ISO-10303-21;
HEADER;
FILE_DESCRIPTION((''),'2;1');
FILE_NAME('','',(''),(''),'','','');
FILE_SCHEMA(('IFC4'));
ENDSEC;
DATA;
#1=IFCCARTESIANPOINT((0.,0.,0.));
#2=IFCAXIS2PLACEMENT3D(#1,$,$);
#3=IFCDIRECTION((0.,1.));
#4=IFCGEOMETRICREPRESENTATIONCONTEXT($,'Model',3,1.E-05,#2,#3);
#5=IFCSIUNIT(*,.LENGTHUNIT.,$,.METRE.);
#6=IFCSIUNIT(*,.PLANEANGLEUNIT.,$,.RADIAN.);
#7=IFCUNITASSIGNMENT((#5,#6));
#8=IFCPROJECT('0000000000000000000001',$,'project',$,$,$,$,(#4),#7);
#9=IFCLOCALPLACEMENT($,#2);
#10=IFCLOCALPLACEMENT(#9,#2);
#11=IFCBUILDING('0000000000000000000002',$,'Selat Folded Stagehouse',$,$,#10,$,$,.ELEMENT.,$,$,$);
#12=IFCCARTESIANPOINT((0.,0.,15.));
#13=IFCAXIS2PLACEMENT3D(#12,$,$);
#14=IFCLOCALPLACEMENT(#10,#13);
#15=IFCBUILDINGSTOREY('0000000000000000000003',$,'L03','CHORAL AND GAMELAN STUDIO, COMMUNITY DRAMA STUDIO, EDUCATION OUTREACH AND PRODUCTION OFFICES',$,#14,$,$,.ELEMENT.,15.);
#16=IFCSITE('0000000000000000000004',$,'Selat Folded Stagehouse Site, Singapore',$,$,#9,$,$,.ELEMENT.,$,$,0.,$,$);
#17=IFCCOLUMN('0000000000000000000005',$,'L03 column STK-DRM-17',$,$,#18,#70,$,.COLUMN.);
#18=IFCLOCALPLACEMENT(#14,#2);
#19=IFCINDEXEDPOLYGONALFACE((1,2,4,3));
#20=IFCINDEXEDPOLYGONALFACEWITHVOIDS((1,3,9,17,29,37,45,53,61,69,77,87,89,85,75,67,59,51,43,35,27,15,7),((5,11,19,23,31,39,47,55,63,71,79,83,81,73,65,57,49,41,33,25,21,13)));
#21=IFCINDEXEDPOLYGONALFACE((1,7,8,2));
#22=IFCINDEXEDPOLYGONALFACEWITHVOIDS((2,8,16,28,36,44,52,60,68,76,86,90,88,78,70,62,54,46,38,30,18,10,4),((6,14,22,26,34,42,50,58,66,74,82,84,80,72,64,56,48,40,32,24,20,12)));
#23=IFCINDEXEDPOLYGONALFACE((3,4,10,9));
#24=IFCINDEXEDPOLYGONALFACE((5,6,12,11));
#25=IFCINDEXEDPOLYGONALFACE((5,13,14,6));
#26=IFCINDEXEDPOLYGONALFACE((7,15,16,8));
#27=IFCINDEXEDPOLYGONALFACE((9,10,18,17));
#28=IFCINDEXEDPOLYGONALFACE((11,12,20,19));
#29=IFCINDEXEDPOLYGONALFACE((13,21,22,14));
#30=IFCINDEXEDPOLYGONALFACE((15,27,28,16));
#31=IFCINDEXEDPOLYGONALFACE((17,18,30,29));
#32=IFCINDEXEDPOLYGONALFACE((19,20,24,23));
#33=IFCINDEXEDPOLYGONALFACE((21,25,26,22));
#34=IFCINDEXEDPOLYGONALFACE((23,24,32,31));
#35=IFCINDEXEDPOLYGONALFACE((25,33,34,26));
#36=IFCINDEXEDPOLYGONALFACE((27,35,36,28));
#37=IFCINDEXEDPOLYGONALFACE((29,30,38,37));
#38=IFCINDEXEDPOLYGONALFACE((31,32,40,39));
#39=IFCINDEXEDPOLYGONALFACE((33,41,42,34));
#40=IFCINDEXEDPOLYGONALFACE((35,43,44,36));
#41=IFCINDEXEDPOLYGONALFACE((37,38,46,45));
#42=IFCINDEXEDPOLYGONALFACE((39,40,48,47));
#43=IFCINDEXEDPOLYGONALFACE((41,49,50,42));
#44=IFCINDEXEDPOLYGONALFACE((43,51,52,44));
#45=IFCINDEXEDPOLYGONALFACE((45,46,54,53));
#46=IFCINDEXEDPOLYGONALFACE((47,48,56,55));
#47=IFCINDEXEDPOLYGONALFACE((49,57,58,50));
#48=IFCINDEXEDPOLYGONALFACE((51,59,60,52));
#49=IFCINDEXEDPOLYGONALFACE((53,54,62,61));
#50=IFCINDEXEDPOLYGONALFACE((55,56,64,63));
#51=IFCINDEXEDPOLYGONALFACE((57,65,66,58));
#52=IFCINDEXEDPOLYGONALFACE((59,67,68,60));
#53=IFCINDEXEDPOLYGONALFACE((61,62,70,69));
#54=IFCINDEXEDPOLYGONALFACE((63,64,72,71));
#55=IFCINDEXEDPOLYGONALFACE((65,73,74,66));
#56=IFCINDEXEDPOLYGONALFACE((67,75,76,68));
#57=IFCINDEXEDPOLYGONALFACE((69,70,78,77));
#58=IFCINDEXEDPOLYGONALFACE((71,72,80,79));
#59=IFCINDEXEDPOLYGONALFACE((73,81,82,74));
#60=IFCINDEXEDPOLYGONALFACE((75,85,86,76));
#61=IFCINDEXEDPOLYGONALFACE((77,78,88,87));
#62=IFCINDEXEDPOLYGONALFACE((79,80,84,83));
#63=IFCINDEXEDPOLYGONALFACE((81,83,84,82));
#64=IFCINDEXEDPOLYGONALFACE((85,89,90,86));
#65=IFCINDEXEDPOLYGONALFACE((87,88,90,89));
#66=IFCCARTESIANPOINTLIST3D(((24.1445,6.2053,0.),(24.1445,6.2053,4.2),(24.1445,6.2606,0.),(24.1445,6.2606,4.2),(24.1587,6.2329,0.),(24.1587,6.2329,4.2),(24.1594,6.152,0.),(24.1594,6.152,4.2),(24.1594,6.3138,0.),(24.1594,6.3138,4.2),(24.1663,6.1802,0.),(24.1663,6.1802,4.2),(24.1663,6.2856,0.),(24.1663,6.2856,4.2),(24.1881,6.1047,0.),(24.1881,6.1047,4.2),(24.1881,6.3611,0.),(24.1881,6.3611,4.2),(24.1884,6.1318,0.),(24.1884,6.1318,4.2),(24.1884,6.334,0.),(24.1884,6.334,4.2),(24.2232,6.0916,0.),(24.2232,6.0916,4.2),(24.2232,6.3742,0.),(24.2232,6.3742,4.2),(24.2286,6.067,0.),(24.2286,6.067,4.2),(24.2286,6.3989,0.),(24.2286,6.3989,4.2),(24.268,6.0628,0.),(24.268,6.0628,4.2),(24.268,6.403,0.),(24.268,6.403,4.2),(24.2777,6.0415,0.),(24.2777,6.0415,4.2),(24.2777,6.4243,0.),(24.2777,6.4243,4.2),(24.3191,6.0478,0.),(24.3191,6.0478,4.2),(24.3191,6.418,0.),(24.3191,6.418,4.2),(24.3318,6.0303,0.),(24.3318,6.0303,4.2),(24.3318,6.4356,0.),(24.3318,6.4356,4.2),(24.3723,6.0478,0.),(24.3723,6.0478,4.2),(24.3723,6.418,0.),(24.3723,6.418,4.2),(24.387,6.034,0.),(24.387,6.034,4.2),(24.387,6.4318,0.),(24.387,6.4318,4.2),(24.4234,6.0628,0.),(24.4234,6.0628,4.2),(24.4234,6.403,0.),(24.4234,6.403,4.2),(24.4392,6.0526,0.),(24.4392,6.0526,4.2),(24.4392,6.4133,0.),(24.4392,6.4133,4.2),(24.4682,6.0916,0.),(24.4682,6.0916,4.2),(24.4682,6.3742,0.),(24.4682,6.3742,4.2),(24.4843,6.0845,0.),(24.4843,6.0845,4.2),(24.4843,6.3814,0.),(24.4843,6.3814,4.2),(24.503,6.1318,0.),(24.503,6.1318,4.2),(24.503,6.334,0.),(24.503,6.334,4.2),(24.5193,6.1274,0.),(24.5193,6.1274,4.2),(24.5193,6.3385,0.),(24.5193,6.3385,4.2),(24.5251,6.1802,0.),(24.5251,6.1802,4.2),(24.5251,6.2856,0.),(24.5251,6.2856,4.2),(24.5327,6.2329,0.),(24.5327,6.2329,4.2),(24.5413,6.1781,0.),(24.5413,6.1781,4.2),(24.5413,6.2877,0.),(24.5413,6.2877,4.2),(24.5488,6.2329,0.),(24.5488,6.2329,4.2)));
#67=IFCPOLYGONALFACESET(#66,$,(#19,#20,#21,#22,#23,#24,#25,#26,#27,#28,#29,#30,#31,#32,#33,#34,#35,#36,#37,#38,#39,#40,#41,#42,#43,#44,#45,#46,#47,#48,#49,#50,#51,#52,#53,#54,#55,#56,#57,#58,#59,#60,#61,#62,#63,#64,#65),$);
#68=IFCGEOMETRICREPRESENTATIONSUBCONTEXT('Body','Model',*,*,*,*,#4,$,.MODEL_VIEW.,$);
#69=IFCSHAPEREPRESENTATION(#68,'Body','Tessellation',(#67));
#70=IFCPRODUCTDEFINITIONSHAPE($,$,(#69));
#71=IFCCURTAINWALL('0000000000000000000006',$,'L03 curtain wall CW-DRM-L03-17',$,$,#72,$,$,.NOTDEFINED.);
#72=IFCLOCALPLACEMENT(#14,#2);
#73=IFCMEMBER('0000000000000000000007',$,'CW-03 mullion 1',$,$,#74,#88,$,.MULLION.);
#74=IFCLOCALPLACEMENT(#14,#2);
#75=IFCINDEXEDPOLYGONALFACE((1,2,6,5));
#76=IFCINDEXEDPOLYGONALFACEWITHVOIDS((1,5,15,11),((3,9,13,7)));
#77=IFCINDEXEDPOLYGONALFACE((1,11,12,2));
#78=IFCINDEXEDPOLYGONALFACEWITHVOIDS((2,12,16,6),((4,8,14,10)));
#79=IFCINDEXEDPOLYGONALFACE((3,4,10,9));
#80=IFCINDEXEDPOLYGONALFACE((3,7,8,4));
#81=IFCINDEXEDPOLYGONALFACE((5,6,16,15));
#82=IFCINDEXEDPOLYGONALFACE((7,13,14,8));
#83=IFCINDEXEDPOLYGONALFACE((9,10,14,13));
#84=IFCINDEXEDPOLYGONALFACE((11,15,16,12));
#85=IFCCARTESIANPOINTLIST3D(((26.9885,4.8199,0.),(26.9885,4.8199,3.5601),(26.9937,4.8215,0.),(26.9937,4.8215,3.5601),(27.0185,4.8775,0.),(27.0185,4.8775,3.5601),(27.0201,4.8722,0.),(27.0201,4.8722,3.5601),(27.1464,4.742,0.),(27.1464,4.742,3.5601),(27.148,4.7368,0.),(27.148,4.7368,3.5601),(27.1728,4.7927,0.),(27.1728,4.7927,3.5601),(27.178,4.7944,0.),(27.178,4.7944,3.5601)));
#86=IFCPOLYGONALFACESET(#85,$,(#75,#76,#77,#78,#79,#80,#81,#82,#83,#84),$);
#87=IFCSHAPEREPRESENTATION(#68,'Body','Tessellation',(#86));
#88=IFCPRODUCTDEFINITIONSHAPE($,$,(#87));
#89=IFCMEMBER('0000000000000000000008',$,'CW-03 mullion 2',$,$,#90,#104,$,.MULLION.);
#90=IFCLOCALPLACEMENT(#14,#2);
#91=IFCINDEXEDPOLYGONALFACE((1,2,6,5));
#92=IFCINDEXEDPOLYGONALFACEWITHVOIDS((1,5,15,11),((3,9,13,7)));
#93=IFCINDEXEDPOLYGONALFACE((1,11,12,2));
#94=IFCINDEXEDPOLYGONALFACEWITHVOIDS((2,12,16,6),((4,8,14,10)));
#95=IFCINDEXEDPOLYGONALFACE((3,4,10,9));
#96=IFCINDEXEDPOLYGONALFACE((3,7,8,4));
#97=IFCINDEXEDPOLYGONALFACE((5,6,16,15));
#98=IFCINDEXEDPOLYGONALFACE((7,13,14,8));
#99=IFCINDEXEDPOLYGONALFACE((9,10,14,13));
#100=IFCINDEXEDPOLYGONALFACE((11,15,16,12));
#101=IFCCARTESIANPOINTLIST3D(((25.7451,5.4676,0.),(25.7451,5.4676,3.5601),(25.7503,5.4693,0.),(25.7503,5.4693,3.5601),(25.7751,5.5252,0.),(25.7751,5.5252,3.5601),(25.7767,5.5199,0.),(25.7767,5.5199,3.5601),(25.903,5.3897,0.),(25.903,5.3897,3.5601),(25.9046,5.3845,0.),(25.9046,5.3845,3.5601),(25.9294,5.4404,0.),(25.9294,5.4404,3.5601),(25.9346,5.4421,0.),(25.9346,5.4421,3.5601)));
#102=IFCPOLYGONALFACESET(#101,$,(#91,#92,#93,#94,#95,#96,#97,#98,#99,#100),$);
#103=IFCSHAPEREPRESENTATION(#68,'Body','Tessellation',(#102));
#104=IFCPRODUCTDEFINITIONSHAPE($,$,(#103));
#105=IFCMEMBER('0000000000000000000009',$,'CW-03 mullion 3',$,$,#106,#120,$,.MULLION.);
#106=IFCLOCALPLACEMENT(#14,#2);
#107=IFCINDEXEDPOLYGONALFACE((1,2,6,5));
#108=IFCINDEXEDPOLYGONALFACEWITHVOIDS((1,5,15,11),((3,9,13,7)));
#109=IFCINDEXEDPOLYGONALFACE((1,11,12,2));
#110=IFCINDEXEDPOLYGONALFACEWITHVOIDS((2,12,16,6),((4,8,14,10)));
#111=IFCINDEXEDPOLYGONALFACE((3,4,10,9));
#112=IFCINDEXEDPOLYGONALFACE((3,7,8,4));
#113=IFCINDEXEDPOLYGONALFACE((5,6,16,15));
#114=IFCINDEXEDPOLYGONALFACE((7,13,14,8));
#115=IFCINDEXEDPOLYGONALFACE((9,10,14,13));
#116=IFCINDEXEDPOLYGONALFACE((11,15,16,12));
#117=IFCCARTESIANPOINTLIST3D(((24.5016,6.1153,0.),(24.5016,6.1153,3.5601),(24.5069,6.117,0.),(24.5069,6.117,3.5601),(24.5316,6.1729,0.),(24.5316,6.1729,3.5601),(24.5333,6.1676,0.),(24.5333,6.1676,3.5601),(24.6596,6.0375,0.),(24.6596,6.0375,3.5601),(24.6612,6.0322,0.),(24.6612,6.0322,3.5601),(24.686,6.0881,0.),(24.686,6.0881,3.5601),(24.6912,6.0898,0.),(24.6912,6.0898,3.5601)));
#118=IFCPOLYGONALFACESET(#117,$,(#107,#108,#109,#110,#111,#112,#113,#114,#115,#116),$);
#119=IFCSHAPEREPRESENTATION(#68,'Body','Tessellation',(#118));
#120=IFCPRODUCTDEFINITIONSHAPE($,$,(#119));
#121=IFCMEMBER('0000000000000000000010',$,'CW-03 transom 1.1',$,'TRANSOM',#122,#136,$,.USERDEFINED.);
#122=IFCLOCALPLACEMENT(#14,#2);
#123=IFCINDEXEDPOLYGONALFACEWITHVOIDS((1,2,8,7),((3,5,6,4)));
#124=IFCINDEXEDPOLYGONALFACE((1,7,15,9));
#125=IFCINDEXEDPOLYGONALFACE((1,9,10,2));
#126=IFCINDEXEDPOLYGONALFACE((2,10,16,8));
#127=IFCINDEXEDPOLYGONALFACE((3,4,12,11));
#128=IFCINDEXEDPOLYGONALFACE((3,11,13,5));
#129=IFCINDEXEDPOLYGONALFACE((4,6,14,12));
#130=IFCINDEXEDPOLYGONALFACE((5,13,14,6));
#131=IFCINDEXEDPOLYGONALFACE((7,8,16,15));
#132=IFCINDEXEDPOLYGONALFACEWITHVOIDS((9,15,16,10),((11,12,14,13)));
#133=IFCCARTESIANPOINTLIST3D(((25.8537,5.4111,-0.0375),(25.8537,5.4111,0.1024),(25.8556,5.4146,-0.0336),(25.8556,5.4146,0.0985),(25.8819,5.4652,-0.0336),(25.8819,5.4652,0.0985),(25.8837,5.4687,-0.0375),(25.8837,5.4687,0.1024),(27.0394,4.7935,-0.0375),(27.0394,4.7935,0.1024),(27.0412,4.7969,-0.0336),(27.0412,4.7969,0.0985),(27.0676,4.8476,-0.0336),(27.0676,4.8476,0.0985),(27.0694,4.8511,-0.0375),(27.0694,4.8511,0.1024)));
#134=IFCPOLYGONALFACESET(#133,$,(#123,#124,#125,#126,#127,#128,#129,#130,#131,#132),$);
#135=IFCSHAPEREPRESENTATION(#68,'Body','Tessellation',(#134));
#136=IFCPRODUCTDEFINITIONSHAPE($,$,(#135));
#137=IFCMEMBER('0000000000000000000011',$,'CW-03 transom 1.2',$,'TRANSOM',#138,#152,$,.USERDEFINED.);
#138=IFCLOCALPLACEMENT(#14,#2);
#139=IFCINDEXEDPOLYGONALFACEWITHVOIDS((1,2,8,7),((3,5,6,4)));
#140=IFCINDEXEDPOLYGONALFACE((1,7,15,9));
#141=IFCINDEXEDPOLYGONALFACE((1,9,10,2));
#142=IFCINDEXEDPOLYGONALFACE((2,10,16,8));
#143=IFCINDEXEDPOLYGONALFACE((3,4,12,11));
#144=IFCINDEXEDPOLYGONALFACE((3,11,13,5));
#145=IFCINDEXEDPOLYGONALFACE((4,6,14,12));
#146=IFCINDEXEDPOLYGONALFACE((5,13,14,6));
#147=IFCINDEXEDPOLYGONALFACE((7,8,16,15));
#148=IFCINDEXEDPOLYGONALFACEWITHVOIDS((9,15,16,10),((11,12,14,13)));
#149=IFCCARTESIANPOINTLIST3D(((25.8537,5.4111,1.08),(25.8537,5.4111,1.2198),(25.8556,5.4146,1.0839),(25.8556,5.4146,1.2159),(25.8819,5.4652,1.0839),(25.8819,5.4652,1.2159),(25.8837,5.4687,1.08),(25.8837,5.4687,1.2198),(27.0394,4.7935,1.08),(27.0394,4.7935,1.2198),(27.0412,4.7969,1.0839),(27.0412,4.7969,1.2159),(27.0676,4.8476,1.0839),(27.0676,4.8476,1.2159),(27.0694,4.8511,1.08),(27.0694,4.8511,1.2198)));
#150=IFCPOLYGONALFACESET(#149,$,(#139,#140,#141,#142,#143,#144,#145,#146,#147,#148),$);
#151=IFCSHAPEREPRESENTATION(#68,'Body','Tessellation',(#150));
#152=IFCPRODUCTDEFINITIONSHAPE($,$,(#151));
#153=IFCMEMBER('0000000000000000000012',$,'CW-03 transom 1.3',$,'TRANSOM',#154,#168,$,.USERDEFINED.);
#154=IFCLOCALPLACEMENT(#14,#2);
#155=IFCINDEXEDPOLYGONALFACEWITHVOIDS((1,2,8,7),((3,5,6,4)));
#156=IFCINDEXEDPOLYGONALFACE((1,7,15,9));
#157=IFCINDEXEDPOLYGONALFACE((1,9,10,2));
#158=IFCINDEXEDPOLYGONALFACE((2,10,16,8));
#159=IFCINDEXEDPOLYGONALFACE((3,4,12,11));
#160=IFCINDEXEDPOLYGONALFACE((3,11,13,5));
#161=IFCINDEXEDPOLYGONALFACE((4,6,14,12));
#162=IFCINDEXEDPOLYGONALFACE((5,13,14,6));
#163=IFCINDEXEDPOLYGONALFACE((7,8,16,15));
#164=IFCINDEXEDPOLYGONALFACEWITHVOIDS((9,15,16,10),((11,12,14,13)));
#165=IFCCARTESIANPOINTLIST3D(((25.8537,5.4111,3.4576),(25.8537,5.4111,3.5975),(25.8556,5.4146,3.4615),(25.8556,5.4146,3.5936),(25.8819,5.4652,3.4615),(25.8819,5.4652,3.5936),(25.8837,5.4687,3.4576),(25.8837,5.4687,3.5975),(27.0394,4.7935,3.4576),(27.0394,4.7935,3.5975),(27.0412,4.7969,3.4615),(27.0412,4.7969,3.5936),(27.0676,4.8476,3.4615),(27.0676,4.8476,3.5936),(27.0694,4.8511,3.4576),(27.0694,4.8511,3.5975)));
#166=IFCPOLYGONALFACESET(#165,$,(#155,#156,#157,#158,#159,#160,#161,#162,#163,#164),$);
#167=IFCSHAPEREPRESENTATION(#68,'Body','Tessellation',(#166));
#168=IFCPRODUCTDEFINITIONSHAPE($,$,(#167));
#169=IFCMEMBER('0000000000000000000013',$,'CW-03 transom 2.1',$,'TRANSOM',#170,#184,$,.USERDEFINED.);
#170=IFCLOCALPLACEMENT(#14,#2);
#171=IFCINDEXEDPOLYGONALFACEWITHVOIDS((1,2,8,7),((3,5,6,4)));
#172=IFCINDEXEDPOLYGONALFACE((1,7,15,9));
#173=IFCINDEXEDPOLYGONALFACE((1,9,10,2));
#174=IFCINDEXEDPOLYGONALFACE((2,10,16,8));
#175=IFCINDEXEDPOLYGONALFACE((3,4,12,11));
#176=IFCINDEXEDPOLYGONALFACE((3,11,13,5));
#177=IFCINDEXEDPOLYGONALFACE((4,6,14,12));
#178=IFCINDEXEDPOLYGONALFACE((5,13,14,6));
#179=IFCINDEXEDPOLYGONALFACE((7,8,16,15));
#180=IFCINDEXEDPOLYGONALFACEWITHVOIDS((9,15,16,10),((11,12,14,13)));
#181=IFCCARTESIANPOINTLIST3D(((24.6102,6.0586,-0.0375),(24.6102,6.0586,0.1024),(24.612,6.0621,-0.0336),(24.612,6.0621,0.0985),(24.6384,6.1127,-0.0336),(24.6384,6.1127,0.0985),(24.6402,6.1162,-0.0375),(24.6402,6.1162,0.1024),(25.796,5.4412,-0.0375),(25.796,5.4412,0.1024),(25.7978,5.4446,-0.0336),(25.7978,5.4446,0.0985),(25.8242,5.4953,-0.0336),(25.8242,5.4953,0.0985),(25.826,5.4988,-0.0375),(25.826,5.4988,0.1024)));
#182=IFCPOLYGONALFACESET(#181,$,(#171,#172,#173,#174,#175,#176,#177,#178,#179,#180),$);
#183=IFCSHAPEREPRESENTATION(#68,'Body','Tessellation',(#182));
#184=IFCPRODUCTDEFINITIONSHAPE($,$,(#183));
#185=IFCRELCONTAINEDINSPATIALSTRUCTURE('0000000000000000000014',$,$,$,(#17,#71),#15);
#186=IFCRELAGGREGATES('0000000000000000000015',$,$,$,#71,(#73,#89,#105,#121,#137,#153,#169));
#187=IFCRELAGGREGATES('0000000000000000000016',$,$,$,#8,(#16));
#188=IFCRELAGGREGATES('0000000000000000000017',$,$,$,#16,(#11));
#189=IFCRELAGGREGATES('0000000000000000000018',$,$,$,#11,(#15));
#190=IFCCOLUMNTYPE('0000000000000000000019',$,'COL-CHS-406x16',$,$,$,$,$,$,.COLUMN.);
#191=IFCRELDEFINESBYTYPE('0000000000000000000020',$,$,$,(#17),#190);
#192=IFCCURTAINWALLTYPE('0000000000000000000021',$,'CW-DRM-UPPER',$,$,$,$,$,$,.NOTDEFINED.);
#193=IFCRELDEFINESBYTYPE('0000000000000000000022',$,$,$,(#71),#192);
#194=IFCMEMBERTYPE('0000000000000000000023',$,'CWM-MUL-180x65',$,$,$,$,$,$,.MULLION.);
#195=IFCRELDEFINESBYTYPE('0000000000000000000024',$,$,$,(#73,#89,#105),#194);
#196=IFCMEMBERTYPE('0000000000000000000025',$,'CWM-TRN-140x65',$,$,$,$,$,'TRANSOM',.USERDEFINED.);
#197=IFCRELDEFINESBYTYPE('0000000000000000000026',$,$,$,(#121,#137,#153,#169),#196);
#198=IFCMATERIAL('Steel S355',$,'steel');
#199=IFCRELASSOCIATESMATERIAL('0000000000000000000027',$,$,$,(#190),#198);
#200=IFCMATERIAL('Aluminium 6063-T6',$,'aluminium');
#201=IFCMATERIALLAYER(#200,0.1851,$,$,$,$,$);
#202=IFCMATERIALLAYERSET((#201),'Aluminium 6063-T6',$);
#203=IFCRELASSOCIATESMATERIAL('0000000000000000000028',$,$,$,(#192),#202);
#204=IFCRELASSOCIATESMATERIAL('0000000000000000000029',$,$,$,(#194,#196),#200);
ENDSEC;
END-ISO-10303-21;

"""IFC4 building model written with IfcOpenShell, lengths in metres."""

from ifc_helpers import new_model, si_unit, direction, frame, origin, origin_2d, place, context, subcontext, project, spatial, hollow_rectangle, hollow_circle, extrude, material, layer, layer_set, material_profile, profile_set, type_object, element, aggregate, save


model = new_model("IFC4")

# Units and contexts
model_context = context("Model", 3, precision=1e-05, world=origin(), true_north=direction((0.0, 1.0)))
body_context = subcontext(model_context, "Body", "Model", "MODEL_VIEW")
ifc_project = project(units=[si_unit("LENGTHUNIT", "METRE"), si_unit("PLANEANGLEUNIT", "RADIAN")], contexts=[model_context])

# Site, building, storey
site_placement = place(None, origin())
site = spatial("IfcSite", under=ifc_project, at=site_placement, Name="Selat Folded Stagehouse Site, Singapore", CompositionType="ELEMENT", RefElevation=0.0)
building_placement = place(site_placement, origin())
building = spatial("IfcBuilding", under=site, at=building_placement, Name="Selat Folded Stagehouse", CompositionType="ELEMENT")
storey_placement = place(building_placement, frame((0.0, 0.0, 15.0)))
storey = spatial("IfcBuildingStorey", under=building, at=storey_placement, Name="L03", Description="CHORAL AND GAMELAN STUDIO, COMMUNITY DRAMA STUDIO, EDUCATION OUTREACH AND PRODUCTION OFFICES", CompositionType="ELEMENT", Elevation=15.0)

# Column
ifc_material_1 = material(Name="Steel S355", Category="steel")
ifc_material_profile_1 = material_profile(ifc_material_1, hollow_circle(Radius=0.2031, WallThickness=0.0161, at=origin_2d()), Name="CHS 406.4x16.0")
ifc_profile_set_1 = profile_set([ifc_material_profile_1], Name="Steel S355")
column_type = type_object("IfcColumnType", Name="COL-CHS-406x16", PredefinedType="COLUMN", material=ifc_profile_set_1)
column_placement = place(storey_placement, frame((24.3457, 6.2329, 0.0), z_axis=(0.0, 0.0, 1.0), x_axis=(1.0, 0.0, 0.0)))
element("IfcColumn", 1, at=column_placement, inside=storey, type_object=column_type, Name="L03 column STK-DRM-17", PredefinedType="COLUMN", context=body_context, shape_type="SweptSolid", body=[
    extrude(hollow_circle(Radius=0.2031, WallThickness=0.0161, at=origin_2d()), origin(), (0.0, 0.0, 1.0), 4.2),
])

# Curtain wall, members
ifc_material_2 = material(Name="Aluminium 6063-T6", Category="aluminium")
ifc_layer_1 = layer(ifc_material_2, 0.1851)
ifc_layer_set_1 = layer_set([ifc_layer_1], Name="Aluminium 6063-T6")
curtain_wall_type = type_object("IfcCurtainWallType", Name="CW-DRM-UPPER", PredefinedType="NOTDEFINED", material=ifc_layer_set_1)
curtain_wall_placement = place(storey_placement, origin())
curtain_wall = element("IfcCurtainWall", 2, at=curtain_wall_placement, inside=storey, type_object=curtain_wall_type, Name="L03 curtain wall CW-DRM-L03-17", PredefinedType="NOTDEFINED")
ifc_material_profile_2 = material_profile(ifc_material_2, hollow_rectangle(XDim=0.0649, YDim=0.1799, WallThickness=0.0039, at=origin_2d()), Name="ALU 180x65x4.0")
ifc_profile_set_2 = profile_set([ifc_material_profile_2], Name="Aluminium 6063-T6")
member_type_1 = type_object("IfcMemberType", Name="CWM-MUL-180x65", PredefinedType="MULLION", material=ifc_profile_set_2)
member_1_placement = place(storey_placement, frame((27.0833, 4.8071, 0.0), z_axis=(0.0, 0.0, 1.0), x_axis=(-0.461931, -0.886916, 0.0)))
member_1 = element("IfcMember", 3, at=member_1_placement, type_object=member_type_1, Name="CW-03 mullion 1", PredefinedType="MULLION", context=body_context, shape_type="SweptSolid", body=[
    extrude(hollow_rectangle(XDim=0.0649, YDim=0.1799, WallThickness=0.0039, at=origin_2d()), origin(), (0.0, 0.0, 1.0), 3.5601),
])
member_2_placement = place(storey_placement, frame((25.8398, 5.4548, 0.0), z_axis=(0.0, 0.0, 1.0), x_axis=(-0.461931, -0.886916, 0.0)))
member_2 = element("IfcMember", 4, at=member_2_placement, type_object=member_type_1, Name="CW-03 mullion 2", PredefinedType="MULLION", context=body_context, shape_type="SweptSolid", body=[
    extrude(hollow_rectangle(XDim=0.0649, YDim=0.1799, WallThickness=0.0039, at=origin_2d()), origin(), (0.0, 0.0, 1.0), 3.5601),
])
member_3_placement = place(storey_placement, frame((24.5964, 6.1025, 0.0), z_axis=(0.0, 0.0, 1.0), x_axis=(-0.461931, -0.886916, 0.0)))
member_3 = element("IfcMember", 5, at=member_3_placement, type_object=member_type_1, Name="CW-03 mullion 3", PredefinedType="MULLION", context=body_context, shape_type="SweptSolid", body=[
    extrude(hollow_rectangle(XDim=0.0649, YDim=0.1799, WallThickness=0.0039, at=origin_2d()), origin(), (0.0, 0.0, 1.0), 3.5601),
])
ifc_material_profile_3 = material_profile(ifc_material_2, hollow_rectangle(XDim=0.0649, YDim=0.1399, WallThickness=0.0039, at=origin_2d()), Name="ALU 140x65x4.0")
ifc_profile_set_3 = profile_set([ifc_material_profile_3], Name="Aluminium 6063-T6")
member_type_2 = type_object("IfcMemberType", Name="CWM-TRN-140x65", ElementType="TRANSOM", PredefinedType="USERDEFINED", material=ifc_profile_set_3)
member_4_placement = place(storey_placement, frame((27.0544, 4.8223, 0.0325), z_axis=(-0.886891, 0.461979, 0.0), x_axis=(-0.461979, -0.886891, 0.0)))
member_4 = element("IfcMember", 6, at=member_4_placement, type_object=member_type_2, Name="CW-03 transom 1.1", ObjectType="TRANSOM", PredefinedType="USERDEFINED", context=body_context, shape_type="SweptSolid", body=[
    extrude(hollow_rectangle(XDim=0.0649, YDim=0.1399, WallThickness=0.0039, at=origin_2d()), origin(), (0.0, 0.0, 1.0), 1.3369),
])
member_5_placement = place(storey_placement, frame((27.0544, 4.8223, 1.1499), z_axis=(-0.886891, 0.461979, 0.0), x_axis=(-0.461979, -0.886891, 0.0)))
member_5 = element("IfcMember", 7, at=member_5_placement, type_object=member_type_2, Name="CW-03 transom 1.2", ObjectType="TRANSOM", PredefinedType="USERDEFINED", context=body_context, shape_type="SweptSolid", body=[
    extrude(hollow_rectangle(XDim=0.0649, YDim=0.1399, WallThickness=0.0039, at=origin_2d()), origin(), (0.0, 0.0, 1.0), 1.3369),
])
member_6_placement = place(storey_placement, frame((27.0544, 4.8223, 3.5276), z_axis=(-0.886891, 0.461979, 0.0), x_axis=(-0.461979, -0.886891, 0.0)))
member_6 = element("IfcMember", 8, at=member_6_placement, type_object=member_type_2, Name="CW-03 transom 1.3", ObjectType="TRANSOM", PredefinedType="USERDEFINED", context=body_context, shape_type="SweptSolid", body=[
    extrude(hollow_rectangle(XDim=0.0649, YDim=0.1399, WallThickness=0.0039, at=origin_2d()), origin(), (0.0, 0.0, 1.0), 1.3369),
])
member_7_placement = place(storey_placement, frame((25.811, 5.47, 0.0325), z_axis=(-0.886966, 0.461836, 0.0), x_axis=(-0.461836, -0.886966, 0.0)))
member_7 = element("IfcMember", 9, at=member_7_placement, type_object=member_type_2, Name="CW-03 transom 2.1", ObjectType="TRANSOM", PredefinedType="USERDEFINED", context=body_context, shape_type="SweptSolid", body=[
    extrude(hollow_rectangle(XDim=0.0649, YDim=0.1399, WallThickness=0.0039, at=origin_2d()), origin(), (0.0, 0.0, 1.0), 1.3369),
])

aggregate(curtain_wall, [member_1, member_2, member_3, member_4, member_5, member_6, member_7])

save(model, "model.ifc")
